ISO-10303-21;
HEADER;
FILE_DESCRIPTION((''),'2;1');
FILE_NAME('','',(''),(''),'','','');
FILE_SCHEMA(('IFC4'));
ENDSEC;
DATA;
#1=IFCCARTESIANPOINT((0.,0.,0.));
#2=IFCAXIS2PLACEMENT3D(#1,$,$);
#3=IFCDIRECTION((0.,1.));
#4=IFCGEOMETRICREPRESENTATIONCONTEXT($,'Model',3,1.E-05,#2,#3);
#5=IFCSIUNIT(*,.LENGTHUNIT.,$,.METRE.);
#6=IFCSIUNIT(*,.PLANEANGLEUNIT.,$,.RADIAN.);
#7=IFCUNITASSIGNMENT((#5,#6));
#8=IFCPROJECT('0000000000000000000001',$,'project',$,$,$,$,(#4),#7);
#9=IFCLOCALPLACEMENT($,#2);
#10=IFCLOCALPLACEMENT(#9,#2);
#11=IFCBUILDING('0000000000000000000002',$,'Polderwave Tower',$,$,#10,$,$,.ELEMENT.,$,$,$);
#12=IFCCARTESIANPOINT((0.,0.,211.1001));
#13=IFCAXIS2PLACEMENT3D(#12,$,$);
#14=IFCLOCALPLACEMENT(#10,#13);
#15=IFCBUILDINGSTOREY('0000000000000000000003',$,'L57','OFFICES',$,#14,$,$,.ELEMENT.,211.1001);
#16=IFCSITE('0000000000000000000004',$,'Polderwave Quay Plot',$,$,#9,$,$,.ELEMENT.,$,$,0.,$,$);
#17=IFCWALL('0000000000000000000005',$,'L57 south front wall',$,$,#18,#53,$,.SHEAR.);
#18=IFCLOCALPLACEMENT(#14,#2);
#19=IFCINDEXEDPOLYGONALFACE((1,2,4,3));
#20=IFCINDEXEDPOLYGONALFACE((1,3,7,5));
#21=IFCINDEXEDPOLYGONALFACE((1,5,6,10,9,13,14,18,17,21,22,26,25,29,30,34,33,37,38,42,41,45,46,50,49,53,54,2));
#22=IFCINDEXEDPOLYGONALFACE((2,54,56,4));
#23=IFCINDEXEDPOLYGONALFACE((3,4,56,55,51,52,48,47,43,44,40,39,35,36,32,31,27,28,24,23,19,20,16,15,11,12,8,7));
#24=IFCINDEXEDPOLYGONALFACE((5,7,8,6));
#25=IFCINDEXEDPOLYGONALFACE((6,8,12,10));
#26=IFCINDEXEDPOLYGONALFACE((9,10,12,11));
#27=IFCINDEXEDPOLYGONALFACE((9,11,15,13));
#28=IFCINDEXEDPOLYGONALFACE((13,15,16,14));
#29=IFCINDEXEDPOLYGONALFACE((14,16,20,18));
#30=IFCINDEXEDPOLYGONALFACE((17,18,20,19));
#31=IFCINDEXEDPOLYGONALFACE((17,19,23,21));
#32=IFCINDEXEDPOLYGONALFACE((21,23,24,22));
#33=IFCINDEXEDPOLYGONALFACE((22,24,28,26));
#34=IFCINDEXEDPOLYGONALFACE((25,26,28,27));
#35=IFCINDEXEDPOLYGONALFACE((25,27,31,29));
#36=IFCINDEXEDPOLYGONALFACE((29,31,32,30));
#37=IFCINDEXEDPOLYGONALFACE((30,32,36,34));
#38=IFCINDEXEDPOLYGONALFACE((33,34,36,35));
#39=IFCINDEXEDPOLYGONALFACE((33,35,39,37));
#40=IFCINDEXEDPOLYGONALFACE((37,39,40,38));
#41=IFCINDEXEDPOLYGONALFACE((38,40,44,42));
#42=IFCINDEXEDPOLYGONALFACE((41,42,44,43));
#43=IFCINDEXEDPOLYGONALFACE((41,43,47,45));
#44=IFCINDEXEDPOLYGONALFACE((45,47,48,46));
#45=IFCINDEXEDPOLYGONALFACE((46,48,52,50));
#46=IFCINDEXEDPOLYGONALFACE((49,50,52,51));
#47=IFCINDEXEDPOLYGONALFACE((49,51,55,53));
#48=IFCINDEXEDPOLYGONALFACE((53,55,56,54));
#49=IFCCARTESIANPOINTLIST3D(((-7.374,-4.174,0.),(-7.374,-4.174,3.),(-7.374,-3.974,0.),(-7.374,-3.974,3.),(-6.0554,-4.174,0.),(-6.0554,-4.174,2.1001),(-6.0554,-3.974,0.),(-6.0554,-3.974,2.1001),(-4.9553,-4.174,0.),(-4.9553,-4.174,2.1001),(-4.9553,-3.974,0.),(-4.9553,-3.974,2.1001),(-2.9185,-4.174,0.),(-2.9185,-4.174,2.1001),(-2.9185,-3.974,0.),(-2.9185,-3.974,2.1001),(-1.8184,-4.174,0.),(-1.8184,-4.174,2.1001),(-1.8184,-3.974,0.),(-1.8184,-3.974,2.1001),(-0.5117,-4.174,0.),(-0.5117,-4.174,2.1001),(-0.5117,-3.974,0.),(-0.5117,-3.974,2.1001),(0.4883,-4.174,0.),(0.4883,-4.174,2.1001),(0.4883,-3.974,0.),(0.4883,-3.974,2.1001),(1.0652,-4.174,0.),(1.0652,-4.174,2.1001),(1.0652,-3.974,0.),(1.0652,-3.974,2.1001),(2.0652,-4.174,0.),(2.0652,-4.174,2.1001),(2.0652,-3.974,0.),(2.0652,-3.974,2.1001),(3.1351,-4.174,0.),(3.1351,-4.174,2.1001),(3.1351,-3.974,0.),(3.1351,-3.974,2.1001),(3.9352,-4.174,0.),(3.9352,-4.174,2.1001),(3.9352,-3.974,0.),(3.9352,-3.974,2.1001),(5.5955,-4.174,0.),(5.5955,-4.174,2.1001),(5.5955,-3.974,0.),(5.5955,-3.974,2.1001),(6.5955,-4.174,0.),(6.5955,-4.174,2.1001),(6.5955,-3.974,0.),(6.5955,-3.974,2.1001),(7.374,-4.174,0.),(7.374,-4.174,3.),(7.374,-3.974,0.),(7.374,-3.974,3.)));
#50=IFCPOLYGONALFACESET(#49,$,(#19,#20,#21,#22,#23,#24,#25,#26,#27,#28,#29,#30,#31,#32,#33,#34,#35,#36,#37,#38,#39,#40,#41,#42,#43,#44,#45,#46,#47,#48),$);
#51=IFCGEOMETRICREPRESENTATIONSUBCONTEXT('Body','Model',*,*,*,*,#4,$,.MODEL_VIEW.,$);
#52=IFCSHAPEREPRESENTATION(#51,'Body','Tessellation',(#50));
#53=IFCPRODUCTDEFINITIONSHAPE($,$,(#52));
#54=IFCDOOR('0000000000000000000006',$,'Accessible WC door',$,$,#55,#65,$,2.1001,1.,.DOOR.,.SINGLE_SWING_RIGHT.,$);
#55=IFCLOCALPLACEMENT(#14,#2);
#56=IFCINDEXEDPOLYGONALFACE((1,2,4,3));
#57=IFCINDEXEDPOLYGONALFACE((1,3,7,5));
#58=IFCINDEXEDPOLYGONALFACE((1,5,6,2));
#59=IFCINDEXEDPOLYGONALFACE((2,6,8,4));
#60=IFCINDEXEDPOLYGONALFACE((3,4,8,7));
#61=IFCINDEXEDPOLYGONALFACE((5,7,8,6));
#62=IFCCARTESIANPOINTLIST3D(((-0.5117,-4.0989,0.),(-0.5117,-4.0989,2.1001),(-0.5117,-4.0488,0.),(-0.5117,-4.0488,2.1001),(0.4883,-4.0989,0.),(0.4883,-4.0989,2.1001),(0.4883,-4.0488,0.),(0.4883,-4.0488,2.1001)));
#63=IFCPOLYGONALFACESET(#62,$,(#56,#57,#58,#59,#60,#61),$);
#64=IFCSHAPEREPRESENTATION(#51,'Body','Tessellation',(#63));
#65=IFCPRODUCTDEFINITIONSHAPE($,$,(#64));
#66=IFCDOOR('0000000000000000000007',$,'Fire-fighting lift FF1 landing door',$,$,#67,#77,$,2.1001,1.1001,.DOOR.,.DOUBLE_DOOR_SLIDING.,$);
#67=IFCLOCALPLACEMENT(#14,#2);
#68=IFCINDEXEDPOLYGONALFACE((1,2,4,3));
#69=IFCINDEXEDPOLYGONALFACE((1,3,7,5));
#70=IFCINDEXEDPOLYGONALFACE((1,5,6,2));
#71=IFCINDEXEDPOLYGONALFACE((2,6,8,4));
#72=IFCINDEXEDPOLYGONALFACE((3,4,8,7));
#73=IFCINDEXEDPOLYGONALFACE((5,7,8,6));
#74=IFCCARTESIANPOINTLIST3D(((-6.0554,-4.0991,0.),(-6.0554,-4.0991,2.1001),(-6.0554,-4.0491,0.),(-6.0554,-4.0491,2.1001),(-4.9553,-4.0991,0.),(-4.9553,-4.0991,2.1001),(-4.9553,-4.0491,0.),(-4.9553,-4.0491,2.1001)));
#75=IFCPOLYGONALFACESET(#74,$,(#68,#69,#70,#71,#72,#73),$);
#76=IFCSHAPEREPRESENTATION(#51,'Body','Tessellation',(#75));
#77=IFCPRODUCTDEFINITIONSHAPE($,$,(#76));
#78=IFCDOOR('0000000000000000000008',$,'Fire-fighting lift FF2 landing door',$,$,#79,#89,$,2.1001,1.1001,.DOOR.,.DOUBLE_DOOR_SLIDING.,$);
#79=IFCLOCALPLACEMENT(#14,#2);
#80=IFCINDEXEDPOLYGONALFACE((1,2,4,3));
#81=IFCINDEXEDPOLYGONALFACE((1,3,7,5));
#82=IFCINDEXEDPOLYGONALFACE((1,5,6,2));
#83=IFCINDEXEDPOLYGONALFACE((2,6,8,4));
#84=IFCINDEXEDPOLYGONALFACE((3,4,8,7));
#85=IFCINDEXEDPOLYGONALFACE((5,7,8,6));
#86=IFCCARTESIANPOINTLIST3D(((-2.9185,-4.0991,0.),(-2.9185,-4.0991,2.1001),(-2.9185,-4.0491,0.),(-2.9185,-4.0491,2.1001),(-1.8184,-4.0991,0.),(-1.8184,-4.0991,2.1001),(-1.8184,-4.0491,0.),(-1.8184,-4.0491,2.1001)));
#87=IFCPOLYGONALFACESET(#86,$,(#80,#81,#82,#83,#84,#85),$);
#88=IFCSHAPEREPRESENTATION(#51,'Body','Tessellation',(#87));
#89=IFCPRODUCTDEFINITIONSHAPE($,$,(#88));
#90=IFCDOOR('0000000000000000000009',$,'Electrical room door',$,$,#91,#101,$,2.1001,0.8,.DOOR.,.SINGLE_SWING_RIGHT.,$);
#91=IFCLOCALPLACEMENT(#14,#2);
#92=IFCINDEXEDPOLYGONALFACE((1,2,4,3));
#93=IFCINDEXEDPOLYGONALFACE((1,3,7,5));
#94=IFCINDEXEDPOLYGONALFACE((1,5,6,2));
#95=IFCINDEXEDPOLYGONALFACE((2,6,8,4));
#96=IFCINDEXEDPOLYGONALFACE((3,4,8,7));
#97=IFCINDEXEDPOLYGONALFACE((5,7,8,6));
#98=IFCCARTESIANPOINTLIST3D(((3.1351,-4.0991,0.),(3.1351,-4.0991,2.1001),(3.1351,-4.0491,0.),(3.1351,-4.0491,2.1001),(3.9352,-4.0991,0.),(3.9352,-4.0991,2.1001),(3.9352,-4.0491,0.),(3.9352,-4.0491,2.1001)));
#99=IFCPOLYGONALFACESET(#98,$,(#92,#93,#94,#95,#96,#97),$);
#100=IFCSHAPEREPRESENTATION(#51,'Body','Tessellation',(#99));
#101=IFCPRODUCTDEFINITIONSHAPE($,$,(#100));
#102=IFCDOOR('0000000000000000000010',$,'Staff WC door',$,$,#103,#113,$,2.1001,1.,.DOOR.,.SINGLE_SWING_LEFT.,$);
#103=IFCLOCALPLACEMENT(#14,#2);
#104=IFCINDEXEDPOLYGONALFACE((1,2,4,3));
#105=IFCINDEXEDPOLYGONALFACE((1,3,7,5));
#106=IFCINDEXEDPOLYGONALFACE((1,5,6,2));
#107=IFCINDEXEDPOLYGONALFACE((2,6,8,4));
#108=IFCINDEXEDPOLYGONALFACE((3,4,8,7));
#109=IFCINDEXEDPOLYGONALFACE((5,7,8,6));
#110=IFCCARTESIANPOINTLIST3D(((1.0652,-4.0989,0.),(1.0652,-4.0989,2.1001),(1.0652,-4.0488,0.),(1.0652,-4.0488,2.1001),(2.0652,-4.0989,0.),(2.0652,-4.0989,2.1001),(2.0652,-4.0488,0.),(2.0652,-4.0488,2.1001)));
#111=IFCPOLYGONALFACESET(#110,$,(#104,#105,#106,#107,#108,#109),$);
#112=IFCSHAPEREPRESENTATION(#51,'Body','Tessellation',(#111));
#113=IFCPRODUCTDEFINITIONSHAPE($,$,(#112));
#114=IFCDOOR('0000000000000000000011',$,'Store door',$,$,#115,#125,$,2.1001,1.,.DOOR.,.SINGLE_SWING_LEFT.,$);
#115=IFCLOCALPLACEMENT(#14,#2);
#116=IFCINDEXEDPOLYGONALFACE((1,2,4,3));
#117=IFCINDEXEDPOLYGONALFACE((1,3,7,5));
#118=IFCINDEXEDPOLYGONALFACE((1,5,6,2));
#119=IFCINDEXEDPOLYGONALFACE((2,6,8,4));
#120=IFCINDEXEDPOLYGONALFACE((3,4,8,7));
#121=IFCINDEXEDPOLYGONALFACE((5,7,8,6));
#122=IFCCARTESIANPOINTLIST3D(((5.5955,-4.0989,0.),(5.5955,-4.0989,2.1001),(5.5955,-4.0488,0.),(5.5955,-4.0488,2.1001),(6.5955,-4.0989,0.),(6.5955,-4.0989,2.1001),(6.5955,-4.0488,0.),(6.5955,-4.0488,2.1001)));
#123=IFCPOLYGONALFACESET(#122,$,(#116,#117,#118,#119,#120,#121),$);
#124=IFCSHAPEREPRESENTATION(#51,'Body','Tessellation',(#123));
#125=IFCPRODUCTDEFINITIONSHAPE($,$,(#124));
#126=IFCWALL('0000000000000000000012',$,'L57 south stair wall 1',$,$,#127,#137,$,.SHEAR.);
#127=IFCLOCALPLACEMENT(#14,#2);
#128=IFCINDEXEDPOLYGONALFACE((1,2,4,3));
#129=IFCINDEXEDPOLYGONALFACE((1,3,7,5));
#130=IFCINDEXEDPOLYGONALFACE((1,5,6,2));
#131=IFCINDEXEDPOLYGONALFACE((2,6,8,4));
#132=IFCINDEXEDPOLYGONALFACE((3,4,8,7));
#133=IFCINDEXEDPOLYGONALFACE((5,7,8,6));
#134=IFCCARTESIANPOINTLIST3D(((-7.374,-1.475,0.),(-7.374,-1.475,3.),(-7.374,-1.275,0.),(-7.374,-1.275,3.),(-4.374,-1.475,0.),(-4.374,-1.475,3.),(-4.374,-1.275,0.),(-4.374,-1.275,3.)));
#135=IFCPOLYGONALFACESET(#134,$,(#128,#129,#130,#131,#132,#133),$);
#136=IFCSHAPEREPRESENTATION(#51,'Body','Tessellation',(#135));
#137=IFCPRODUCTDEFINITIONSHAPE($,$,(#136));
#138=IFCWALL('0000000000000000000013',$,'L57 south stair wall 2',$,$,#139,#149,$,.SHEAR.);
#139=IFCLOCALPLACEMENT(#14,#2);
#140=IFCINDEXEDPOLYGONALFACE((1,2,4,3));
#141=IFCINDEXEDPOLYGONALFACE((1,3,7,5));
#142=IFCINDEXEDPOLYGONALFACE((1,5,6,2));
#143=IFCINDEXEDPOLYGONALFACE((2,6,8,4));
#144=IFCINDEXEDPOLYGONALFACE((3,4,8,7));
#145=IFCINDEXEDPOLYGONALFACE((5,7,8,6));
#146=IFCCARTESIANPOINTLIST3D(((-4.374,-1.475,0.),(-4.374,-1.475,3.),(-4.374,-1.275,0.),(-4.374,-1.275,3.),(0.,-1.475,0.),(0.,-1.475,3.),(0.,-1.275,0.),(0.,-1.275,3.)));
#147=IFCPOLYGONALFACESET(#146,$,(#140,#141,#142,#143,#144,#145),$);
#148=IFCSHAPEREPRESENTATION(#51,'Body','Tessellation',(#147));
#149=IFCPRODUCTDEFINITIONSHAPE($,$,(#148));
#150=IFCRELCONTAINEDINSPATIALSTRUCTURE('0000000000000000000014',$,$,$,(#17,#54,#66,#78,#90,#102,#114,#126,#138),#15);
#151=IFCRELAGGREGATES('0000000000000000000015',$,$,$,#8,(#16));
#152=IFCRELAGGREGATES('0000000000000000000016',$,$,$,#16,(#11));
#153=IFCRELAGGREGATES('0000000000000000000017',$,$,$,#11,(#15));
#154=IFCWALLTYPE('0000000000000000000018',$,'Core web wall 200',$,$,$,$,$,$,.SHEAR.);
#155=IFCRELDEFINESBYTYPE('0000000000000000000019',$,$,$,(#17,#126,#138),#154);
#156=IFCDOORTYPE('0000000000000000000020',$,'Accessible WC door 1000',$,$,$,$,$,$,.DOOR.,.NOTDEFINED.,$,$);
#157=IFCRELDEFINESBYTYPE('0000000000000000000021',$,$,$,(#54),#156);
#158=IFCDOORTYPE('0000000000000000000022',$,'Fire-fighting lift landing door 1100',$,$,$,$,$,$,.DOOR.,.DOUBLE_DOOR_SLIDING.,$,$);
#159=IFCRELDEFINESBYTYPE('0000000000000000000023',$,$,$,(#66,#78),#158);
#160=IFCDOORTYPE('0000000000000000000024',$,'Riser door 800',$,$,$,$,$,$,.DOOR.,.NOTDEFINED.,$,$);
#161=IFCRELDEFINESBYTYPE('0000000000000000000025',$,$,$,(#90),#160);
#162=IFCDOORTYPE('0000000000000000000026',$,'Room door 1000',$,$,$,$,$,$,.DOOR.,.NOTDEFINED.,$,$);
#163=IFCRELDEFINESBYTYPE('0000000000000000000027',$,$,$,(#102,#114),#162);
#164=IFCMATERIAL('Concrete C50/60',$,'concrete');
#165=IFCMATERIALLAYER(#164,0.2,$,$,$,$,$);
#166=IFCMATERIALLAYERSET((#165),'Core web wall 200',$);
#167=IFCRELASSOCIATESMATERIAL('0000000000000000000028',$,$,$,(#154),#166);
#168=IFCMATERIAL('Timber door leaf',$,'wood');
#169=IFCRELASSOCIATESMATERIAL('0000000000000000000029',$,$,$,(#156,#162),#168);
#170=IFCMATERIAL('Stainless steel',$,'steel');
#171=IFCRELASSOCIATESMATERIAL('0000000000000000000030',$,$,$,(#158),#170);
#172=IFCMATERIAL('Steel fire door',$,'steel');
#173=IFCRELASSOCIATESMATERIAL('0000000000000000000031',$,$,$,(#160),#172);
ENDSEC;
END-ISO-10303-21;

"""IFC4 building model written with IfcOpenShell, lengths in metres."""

from ifc_helpers import new_model, si_unit, direction, frame, frame_2d, origin, place, context, subcontext, project, spatial, rectangle, extrude, material, layer, layer_set, type_object, element, fill, save


model = new_model("IFC4")

# Units and contexts
model_context = context("Model", 3, precision=1e-05, world=origin(), true_north=direction((0.0, 1.0)))
body_context = subcontext(model_context, "Body", "Model", "MODEL_VIEW")
ifc_project = project(units=[si_unit("LENGTHUNIT", "METRE"), si_unit("PLANEANGLEUNIT", "RADIAN")], contexts=[model_context])

# Site, building, storey
site_placement = place(None, origin())
site = spatial("IfcSite", under=ifc_project, at=site_placement, Name="Polderwave Quay Plot", CompositionType="ELEMENT", RefElevation=0.0)
building_placement = place(site_placement, origin())
building = spatial("IfcBuilding", under=site, at=building_placement, Name="Polderwave Tower", CompositionType="ELEMENT")
storey_placement = place(building_placement, frame((0.0, 0.0, 211.1001)))
storey = spatial("IfcBuildingStorey", under=building, at=storey_placement, Name="L57", Description="OFFICES", CompositionType="ELEMENT", Elevation=211.1001)

# Wall, openings, doors
ifc_material_1 = material(Name="Steel fire door", Category="steel")
ifc_material_2 = material(Name="Concrete C50/60", Category="concrete")
ifc_layer_1 = layer(ifc_material_2, 0.2)
ifc_layer_set_1 = layer_set([ifc_layer_1], Name="Core web wall 200")
wall_type_1 = type_object("IfcWallType", Name="Core web wall 200", PredefinedType="SHEAR", material=ifc_layer_set_1)
wall_1_placement = place(storey_placement, frame((-7.374, -4.074, 0.0), z_axis=(0.0, 0.0, 1.0), x_axis=(1.0, 0.0, 0.0)))
wall_1 = element("IfcWall", 1, at=wall_1_placement, inside=storey, type_object=wall_type_1, Name="L57 south front wall", PredefinedType="SHEAR", context=body_context, shape_type="SweptSolid", body=[
    extrude(rectangle(XDim=14.748, YDim=0.2, at=frame_2d((7.374, 0.0))), origin(), (0.0, 0.0, 1.0), 3.0),
])
opening_1_placement = place(wall_1_placement, frame((1.3186, 0.0, 0.0)))
opening_1 = element("IfcOpeningElement", 2, at=opening_1_placement, cuts=wall_1, PredefinedType="OPENING", context=body_context, shape_type="SweptSolid", body=[
    extrude(rectangle(XDim=1.1001, YDim=2.1001, at=frame_2d((0.55, 1.05))), frame((0.0, 0.1099, 0.0), z_axis=(0.0, -1.0, 0.0), x_axis=(1.0, 0.0, 0.0)), (0.0, 0.0, 1.0), 0.22),
])
opening_2_placement = place(wall_1_placement, frame((4.4556, 0.0, 0.0)))
opening_2 = element("IfcOpeningElement", 3, at=opening_2_placement, cuts=wall_1, PredefinedType="OPENING", context=body_context, shape_type="SweptSolid", body=[
    extrude(rectangle(XDim=1.1001, YDim=2.1001, at=frame_2d((0.55, 1.05))), frame((0.0, 0.1099, 0.0), z_axis=(0.0, -1.0, 0.0), x_axis=(1.0, 0.0, 0.0)), (0.0, 0.0, 1.0), 0.22),
])
opening_3_placement = place(wall_1_placement, frame((6.8623, 0.0, 0.0)))
opening_3 = element("IfcOpeningElement", 4, at=opening_3_placement, cuts=wall_1, PredefinedType="OPENING", context=body_context, shape_type="SweptSolid", body=[
    extrude(rectangle(XDim=1.0, YDim=2.1001, at=frame_2d((0.5, 1.05))), frame((0.0, 0.1099, 0.0), z_axis=(0.0, -1.0, 0.0), x_axis=(1.0, 0.0, 0.0)), (0.0, 0.0, 1.0), 0.22),
])
opening_4_placement = place(wall_1_placement, frame((8.4392, 0.0, 0.0)))
opening_4 = element("IfcOpeningElement", 5, at=opening_4_placement, cuts=wall_1, PredefinedType="OPENING", context=body_context, shape_type="SweptSolid", body=[
    extrude(rectangle(XDim=1.0, YDim=2.1001, at=frame_2d((0.5, 1.05))), frame((0.0, 0.1099, 0.0), z_axis=(0.0, -1.0, 0.0), x_axis=(1.0, 0.0, 0.0)), (0.0, 0.0, 1.0), 0.22),
])
opening_5_placement = place(wall_1_placement, frame((10.5093, 0.0, 0.0)))
opening_5 = element("IfcOpeningElement", 6, at=opening_5_placement, cuts=wall_1, PredefinedType="OPENING", context=body_context, shape_type="SweptSolid", body=[
    extrude(rectangle(XDim=0.8, YDim=2.1001, at=frame_2d((0.3999, 1.05))), frame((0.0, 0.1099, 0.0), z_axis=(0.0, -1.0, 0.0), x_axis=(1.0, 0.0, 0.0)), (0.0, 0.0, 1.0), 0.22),
])
opening_6_placement = place(wall_1_placement, frame((12.9695, 0.0, 0.0)))
opening_6 = element("IfcOpeningElement", 7, at=opening_6_placement, cuts=wall_1, PredefinedType="OPENING", context=body_context, shape_type="SweptSolid", body=[
    extrude(rectangle(XDim=1.0, YDim=2.1001, at=frame_2d((0.5, 1.05))), frame((0.0, 0.1099, 0.0), z_axis=(0.0, -1.0, 0.0), x_axis=(1.0, 0.0, 0.0)), (0.0, 0.0, 1.0), 0.22),
])
ifc_material_3 = material(Name="Timber door leaf", Category="wood")
door_type_1 = type_object("IfcDoorType", Name="Accessible WC door 1000", OperationType="NOTDEFINED", PredefinedType="DOOR", material=ifc_material_3)
door_1_placement = place(opening_3_placement, frame((1.0, 0.0, 0.0), z_axis=(0.0, 0.0, 1.0), x_axis=(-1.0, 0.0, 0.0)))
door_1 = element("IfcDoor", 8, at=door_1_placement, inside=storey, type_object=door_type_1, Name="Accessible WC door", OperationType="SINGLE_SWING_RIGHT", OverallHeight=2.1001, OverallWidth=1.0, PredefinedType="DOOR", context=body_context, shape_type="SweptSolid", body=[
    extrude(rectangle(XDim=1.0, YDim=2.1001, at=frame_2d((0.5, 1.05))), frame((0.0, 0.0249, 0.0), z_axis=(0.0, -1.0, 0.0), x_axis=(1.0, 0.0, 0.0)), (0.0, 0.0, 1.0), 0.05),
])
fill(opening_3, door_1)
ifc_material_4 = material(Name="Stainless steel", Category="steel")
door_type_2 = type_object("IfcDoorType", Name="Fire-fighting lift landing door 1100", OperationType="DOUBLE_DOOR_SLIDING", PredefinedType="DOOR", material=ifc_material_4)
door_2_placement = place(opening_1_placement, origin())
door_2 = element("IfcDoor", 9, at=door_2_placement, inside=storey, type_object=door_type_2, Name="Fire-fighting lift FF1 landing door", OperationType="DOUBLE_DOOR_SLIDING", OverallHeight=2.1001, OverallWidth=1.1001, PredefinedType="DOOR", context=body_context, shape_type="SweptSolid", body=[
    extrude(rectangle(XDim=1.1001, YDim=2.1001, at=frame_2d((0.55, 1.05))), frame((0.0, 0.0249, 0.0), z_axis=(0.0, -1.0, 0.0), x_axis=(1.0, 0.0, 0.0)), (0.0, 0.0, 1.0), 0.05),
])
fill(opening_1, door_2)
door_3_placement = place(opening_2_placement, origin())
door_3 = element("IfcDoor", 10, at=door_3_placement, inside=storey, type_object=door_type_2, Name="Fire-fighting lift FF2 landing door", OperationType="DOUBLE_DOOR_SLIDING", OverallHeight=2.1001, OverallWidth=1.1001, PredefinedType="DOOR", context=body_context, shape_type="SweptSolid", body=[
    extrude(rectangle(XDim=1.1001, YDim=2.1001, at=frame_2d((0.55, 1.05))), frame((0.0, 0.0249, 0.0), z_axis=(0.0, -1.0, 0.0), x_axis=(1.0, 0.0, 0.0)), (0.0, 0.0, 1.0), 0.05),
])
fill(opening_2, door_3)
door_type_3 = type_object("IfcDoorType", Name="Riser door 800", OperationType="NOTDEFINED", PredefinedType="DOOR", material=ifc_material_1)
door_4_placement = place(opening_5_placement, origin())
door_4 = element("IfcDoor", 11, at=door_4_placement, inside=storey, type_object=door_type_3, Name="Electrical room door", OperationType="SINGLE_SWING_RIGHT", OverallHeight=2.1001, OverallWidth=0.8, PredefinedType="DOOR", context=body_context, shape_type="SweptSolid", body=[
    extrude(rectangle(XDim=0.8, YDim=2.1001, at=frame_2d((0.3999, 1.05))), frame((0.0, 0.0249, 0.0), z_axis=(0.0, -1.0, 0.0), x_axis=(1.0, 0.0, 0.0)), (0.0, 0.0, 1.0), 0.05),
])
fill(opening_5, door_4)
door_type_4 = type_object("IfcDoorType", Name="Room door 1000", OperationType="NOTDEFINED", PredefinedType="DOOR", material=ifc_material_3)
door_5_placement = place(opening_4_placement, frame((1.0, 0.0, 0.0), z_axis=(0.0, 0.0, 1.0), x_axis=(-1.0, 0.0, 0.0)))
door_5 = element("IfcDoor", 12, at=door_5_placement, inside=storey, type_object=door_type_4, Name="Staff WC door", OperationType="SINGLE_SWING_LEFT", OverallHeight=2.1001, OverallWidth=1.0, PredefinedType="DOOR", context=body_context, shape_type="SweptSolid", body=[
    extrude(rectangle(XDim=1.0, YDim=2.1001, at=frame_2d((0.5, 1.05))), frame((0.0, 0.0249, 0.0), z_axis=(0.0, -1.0, 0.0), x_axis=(1.0, 0.0, 0.0)), (0.0, 0.0, 1.0), 0.05),
])
fill(opening_4, door_5)
door_6_placement = place(opening_6_placement, frame((1.0, 0.0, 0.0), z_axis=(0.0, 0.0, 1.0), x_axis=(-1.0, 0.0, 0.0)))
door_6 = element("IfcDoor", 13, at=door_6_placement, inside=storey, type_object=door_type_4, Name="Store door", OperationType="SINGLE_SWING_LEFT", OverallHeight=2.1001, OverallWidth=1.0, PredefinedType="DOOR", context=body_context, shape_type="SweptSolid", body=[
    extrude(rectangle(XDim=1.0, YDim=2.1001, at=frame_2d((0.5, 1.05))), frame((0.0, 0.0249, 0.0), z_axis=(0.0, -1.0, 0.0), x_axis=(1.0, 0.0, 0.0)), (0.0, 0.0, 1.0), 0.05),
])
fill(opening_6, door_6)

# Walls
wall_2_placement = place(storey_placement, frame((-7.374, -1.375, 0.0), z_axis=(0.0, 0.0, 1.0), x_axis=(1.0, 0.0, 0.0)))
element("IfcWall", 14, at=wall_2_placement, inside=storey, type_object=wall_type_1, Name="L57 south stair wall 1", PredefinedType="SHEAR", context=body_context, shape_type="SweptSolid", body=[
    extrude(rectangle(XDim=3.0, YDim=0.2, at=frame_2d((1.5, 0.0))), origin(), (0.0, 0.0, 1.0), 3.0),
])
wall_3_placement = place(storey_placement, frame((-4.374, -1.375, 0.0), z_axis=(0.0, 0.0, 1.0), x_axis=(1.0, 0.0, 0.0)))
element("IfcWall", 15, at=wall_3_placement, inside=storey, type_object=wall_type_1, Name="L57 south stair wall 2", PredefinedType="SHEAR", context=body_context, shape_type="SweptSolid", body=[
    extrude(rectangle(XDim=4.374, YDim=0.2, at=frame_2d((2.187, 0.0))), origin(), (0.0, 0.0, 1.0), 3.0),
])

save(model, "model.ifc")
